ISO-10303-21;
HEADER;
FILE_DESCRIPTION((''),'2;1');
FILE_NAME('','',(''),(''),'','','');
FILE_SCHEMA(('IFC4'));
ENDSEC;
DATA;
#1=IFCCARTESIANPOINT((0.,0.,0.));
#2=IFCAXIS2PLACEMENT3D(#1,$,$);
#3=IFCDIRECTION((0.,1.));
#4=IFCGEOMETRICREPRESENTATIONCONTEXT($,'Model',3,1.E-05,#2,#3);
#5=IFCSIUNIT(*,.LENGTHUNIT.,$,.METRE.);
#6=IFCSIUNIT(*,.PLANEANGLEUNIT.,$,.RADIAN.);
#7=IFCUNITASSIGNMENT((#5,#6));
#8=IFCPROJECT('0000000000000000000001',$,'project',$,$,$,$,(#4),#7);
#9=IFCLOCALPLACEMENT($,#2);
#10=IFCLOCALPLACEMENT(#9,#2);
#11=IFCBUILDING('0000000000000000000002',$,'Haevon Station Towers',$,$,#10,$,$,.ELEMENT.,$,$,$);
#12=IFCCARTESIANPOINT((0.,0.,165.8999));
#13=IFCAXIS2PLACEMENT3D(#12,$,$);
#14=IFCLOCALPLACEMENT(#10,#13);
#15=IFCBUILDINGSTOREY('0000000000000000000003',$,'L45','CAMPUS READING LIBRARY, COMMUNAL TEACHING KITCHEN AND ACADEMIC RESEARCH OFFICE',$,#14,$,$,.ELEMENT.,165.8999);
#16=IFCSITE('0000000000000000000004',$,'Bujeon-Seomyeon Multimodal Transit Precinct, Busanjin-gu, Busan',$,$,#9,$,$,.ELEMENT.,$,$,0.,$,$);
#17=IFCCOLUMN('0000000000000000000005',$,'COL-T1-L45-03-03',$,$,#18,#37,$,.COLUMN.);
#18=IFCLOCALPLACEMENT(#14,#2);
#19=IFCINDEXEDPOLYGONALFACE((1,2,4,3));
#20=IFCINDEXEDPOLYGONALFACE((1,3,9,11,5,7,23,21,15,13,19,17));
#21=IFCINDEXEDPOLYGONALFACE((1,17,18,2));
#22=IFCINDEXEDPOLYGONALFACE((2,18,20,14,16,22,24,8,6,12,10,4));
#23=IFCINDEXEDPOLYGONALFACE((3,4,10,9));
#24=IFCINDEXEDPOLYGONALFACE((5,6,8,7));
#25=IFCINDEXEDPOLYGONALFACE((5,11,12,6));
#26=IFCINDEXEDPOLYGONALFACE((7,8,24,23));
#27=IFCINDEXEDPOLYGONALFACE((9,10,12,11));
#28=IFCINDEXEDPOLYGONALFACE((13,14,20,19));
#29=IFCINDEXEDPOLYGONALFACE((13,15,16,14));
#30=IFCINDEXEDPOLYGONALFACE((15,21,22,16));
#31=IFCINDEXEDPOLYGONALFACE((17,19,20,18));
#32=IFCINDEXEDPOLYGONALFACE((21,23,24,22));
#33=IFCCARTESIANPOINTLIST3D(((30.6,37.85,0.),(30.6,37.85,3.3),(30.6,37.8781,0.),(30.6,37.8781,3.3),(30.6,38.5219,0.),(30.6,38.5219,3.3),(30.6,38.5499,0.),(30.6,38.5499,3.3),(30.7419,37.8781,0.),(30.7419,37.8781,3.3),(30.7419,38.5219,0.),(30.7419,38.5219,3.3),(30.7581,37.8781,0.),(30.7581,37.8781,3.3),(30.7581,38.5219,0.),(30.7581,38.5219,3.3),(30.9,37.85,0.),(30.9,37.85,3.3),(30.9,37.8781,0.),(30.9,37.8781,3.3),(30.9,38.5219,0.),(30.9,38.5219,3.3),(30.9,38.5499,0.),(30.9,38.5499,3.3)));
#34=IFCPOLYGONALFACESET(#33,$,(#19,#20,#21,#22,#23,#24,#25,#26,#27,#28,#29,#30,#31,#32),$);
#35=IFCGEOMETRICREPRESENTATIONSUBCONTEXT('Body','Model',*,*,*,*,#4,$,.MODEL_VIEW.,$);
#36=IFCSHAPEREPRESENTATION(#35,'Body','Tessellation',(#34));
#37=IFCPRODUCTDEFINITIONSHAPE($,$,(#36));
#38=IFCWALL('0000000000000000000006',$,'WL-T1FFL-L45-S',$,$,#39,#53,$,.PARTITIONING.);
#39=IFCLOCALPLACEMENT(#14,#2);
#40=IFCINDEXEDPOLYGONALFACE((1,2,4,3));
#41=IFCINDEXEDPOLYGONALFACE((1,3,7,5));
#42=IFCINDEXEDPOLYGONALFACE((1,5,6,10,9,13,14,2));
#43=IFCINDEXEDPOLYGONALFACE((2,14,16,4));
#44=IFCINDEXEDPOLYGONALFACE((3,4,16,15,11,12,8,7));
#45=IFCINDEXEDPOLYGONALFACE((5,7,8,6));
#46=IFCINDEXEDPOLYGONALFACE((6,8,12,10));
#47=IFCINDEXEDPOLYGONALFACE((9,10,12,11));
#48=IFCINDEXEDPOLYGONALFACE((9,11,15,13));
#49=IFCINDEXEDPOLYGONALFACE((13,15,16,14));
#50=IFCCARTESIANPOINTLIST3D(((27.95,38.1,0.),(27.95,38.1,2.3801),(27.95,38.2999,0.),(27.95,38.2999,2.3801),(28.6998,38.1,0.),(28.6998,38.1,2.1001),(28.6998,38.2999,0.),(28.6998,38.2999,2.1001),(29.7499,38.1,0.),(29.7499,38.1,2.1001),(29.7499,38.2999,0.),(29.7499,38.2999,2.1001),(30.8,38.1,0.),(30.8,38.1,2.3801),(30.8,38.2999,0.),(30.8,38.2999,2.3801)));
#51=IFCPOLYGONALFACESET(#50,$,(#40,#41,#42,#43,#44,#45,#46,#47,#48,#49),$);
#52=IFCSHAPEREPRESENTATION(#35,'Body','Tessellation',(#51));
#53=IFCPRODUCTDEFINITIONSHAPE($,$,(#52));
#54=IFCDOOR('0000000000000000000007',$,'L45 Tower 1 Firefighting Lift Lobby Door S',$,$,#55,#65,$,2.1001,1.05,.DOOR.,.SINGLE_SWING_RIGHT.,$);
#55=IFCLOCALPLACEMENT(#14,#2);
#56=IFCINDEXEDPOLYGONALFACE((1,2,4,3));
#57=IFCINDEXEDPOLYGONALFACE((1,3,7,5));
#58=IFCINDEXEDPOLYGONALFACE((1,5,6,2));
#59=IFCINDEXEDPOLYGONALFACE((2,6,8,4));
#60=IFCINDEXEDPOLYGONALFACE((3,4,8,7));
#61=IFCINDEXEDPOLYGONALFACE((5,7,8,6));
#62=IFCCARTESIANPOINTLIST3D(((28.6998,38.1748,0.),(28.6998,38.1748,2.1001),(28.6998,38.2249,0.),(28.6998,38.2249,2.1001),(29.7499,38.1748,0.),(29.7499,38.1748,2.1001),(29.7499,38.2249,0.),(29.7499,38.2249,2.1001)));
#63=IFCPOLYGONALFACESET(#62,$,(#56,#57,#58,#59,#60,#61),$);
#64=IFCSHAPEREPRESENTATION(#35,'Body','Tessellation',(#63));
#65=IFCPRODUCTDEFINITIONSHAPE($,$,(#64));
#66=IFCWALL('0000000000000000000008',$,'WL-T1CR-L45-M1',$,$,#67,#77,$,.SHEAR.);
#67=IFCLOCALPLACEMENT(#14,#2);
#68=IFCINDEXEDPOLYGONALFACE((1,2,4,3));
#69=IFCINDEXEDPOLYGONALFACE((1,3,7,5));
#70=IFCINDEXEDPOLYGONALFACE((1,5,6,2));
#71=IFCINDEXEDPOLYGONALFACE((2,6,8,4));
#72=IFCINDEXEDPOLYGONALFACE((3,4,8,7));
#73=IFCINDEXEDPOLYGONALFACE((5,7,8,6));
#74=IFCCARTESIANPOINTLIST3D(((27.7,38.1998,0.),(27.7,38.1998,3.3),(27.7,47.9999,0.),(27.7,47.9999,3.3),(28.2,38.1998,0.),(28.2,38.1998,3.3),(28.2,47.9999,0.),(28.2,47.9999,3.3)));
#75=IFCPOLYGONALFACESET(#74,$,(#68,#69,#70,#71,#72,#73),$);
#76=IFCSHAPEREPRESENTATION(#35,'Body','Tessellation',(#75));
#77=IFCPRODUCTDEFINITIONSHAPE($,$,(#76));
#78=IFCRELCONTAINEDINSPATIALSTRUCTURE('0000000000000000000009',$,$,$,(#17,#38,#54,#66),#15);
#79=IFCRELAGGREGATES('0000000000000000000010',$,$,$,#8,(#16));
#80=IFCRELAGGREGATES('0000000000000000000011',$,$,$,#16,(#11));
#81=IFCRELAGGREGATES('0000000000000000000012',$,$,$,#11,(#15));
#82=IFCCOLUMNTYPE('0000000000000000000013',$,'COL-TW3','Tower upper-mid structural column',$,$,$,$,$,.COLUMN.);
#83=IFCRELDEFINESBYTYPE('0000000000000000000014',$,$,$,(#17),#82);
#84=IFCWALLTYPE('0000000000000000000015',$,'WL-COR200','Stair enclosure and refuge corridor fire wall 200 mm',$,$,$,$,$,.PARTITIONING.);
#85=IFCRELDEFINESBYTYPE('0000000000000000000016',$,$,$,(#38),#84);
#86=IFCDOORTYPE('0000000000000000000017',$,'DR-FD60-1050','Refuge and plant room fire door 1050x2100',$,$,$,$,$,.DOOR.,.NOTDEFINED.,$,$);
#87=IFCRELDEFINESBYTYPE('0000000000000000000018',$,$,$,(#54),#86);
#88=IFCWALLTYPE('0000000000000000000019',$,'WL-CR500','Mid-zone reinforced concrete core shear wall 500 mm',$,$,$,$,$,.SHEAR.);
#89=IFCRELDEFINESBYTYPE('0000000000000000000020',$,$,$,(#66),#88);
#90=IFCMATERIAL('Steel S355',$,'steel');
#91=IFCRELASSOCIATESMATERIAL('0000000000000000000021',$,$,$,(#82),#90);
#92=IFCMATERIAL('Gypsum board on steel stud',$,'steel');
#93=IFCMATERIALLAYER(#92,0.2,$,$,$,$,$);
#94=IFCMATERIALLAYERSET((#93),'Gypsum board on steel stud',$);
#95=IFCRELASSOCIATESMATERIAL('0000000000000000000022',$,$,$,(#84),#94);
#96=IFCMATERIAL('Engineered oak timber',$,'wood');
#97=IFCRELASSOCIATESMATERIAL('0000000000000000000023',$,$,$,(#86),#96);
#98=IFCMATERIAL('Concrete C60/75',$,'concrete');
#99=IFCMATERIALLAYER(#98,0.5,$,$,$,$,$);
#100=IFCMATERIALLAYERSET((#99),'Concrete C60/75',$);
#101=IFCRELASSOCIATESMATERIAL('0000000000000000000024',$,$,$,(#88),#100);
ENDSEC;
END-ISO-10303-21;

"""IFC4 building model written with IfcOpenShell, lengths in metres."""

from ifc_helpers import new_model, si_unit, direction, frame, frame_2d, origin, origin_2d, place, context, subcontext, project, spatial, rectangle, i_section, extrude, material, layer, layer_set, material_profile, profile_set, type_object, element, fill, save


model = new_model("IFC4")

# Units and contexts
model_context = context("Model", 3, precision=1e-05, world=origin(), true_north=direction((0.0, 1.0)))
body_context = subcontext(model_context, "Body", "Model", "MODEL_VIEW")
ifc_project = project(units=[si_unit("LENGTHUNIT", "METRE"), si_unit("PLANEANGLEUNIT", "RADIAN")], contexts=[model_context])

# Site, building, storey
site_placement = place(None, origin())
site = spatial("IfcSite", under=ifc_project, at=site_placement, Name="Bujeon-Seomyeon Multimodal Transit Precinct, Busanjin-gu, Busan", CompositionType="ELEMENT", RefElevation=0.0)
building_placement = place(site_placement, origin())
building = spatial("IfcBuilding", under=site, at=building_placement, Name="Haevon Station Towers", CompositionType="ELEMENT")
storey_placement = place(building_placement, frame((0.0, 0.0, 165.8999)))
storey = spatial("IfcBuildingStorey", under=building, at=storey_placement, Name="L45", Description="CAMPUS READING LIBRARY, COMMUNAL TEACHING KITCHEN AND ACADEMIC RESEARCH OFFICE", CompositionType="ELEMENT", Elevation=165.8999)

# Column
ifc_material_1 = material(Name="Steel S355", Category="steel")
ifc_material_profile = material_profile(ifc_material_1, i_section(OverallWidth=0.3, OverallDepth=0.7, WebThickness=0.0161, FlangeThickness=0.0281, at=origin_2d()), Name="H-700x300x16x28")
ifc_profile_set = profile_set([ifc_material_profile], Name="Steel S355")
column_type = type_object("IfcColumnType", Name="COL-TW3", Description="Tower upper-mid structural column", PredefinedType="COLUMN", material=ifc_profile_set)
column_placement = place(storey_placement, frame((30.75, 38.2, 0.0), z_axis=(0.0, 0.0, 1.0), x_axis=(1.0, 0.0, 0.0)))
element("IfcColumn", 1, at=column_placement, inside=storey, type_object=column_type, Name="COL-T1-L45-03-03", PredefinedType="COLUMN", context=body_context, shape_type="SweptSolid", body=[
    extrude(i_section(OverallWidth=0.3, OverallDepth=0.7, WebThickness=0.0161, FlangeThickness=0.0281, at=origin_2d()), origin(), (0.0, 0.0, 1.0), 3.3),
])

# Wall, opening, door
ifc_material_2 = material(Name="Gypsum board on steel stud", Category="steel")
ifc_layer_1 = layer(ifc_material_2, 0.2)
ifc_layer_set_1 = layer_set([ifc_layer_1], Name="Gypsum board on steel stud")
wall_type_1 = type_object("IfcWallType", Name="WL-COR200", Description="Stair enclosure and refuge corridor fire wall 200 mm", PredefinedType="PARTITIONING", material=ifc_layer_set_1)
wall_1_placement = place(storey_placement, frame((27.95, 38.2, 0.0), z_axis=(0.0, 0.0, 1.0), x_axis=(1.0, 0.0, 0.0)))
wall_1 = element("IfcWall", 2, at=wall_1_placement, inside=storey, type_object=wall_type_1, Name="WL-T1FFL-L45-S", PredefinedType="PARTITIONING", context=body_context, shape_type="SweptSolid", body=[
    extrude(rectangle(XDim=2.8501, YDim=0.2, at=frame_2d((1.425, 0.0))), origin(), (0.0, 0.0, 1.0), 2.3801),
])
opening_1_placement = place(wall_1_placement, frame((0.75, 0.0, 0.0)))
opening_1 = element("IfcOpeningElement", 3, at=opening_1_placement, cuts=wall_1, PredefinedType="OPENING", context=body_context, shape_type="SweptSolid", body=[
    extrude(rectangle(XDim=1.05, YDim=2.1001, at=frame_2d((0.5249, 1.05))), frame((0.0, 0.1099, 0.0), z_axis=(0.0, -1.0, 0.0), x_axis=(1.0, 0.0, 0.0)), (0.0, 0.0, 1.0), 0.22),
])
ifc_material_3 = material(Name="Engineered oak timber", Category="wood")
door_type_1 = type_object("IfcDoorType", Name="DR-FD60-1050", Description="Refuge and plant room fire door 1050x2100", OperationType="NOTDEFINED", PredefinedType="DOOR", material=ifc_material_3)
door_1_placement = place(opening_1_placement, origin())
door_1 = element("IfcDoor", 4, at=door_1_placement, inside=storey, type_object=door_type_1, Name="L45 Tower 1 Firefighting Lift Lobby Door S", OperationType="SINGLE_SWING_RIGHT", OverallHeight=2.1001, OverallWidth=1.05, PredefinedType="DOOR", context=body_context, shape_type="SweptSolid", body=[
    extrude(rectangle(XDim=1.05, YDim=2.1001, at=frame_2d((0.5249, 1.05))), frame((0.0, 0.0249, 0.0), z_axis=(0.0, -1.0, 0.0), x_axis=(1.0, 0.0, 0.0)), (0.0, 0.0, 1.0), 0.05),
])
fill(opening_1, door_1)

# Wall
ifc_material_4 = material(Name="Concrete C60/75", Category="concrete")
ifc_layer_2 = layer(ifc_material_4, 0.5)
ifc_layer_set_2 = layer_set([ifc_layer_2], Name="Concrete C60/75")
wall_type_2 = type_object("IfcWallType", Name="WL-CR500", Description="Mid-zone reinforced concrete core shear wall 500 mm", PredefinedType="SHEAR", material=ifc_layer_set_2)
wall_2_placement = place(storey_placement, frame((27.95, 38.2, 0.0), z_axis=(0.0, 0.0, 1.0), x_axis=(0.0, 1.0, 0.0)))
element("IfcWall", 5, at=wall_2_placement, inside=storey, type_object=wall_type_2, Name="WL-T1CR-L45-M1", PredefinedType="SHEAR", context=body_context, shape_type="SweptSolid", body=[
    extrude(rectangle(XDim=9.8, YDim=0.5, at=frame_2d((4.8999, 0.0))), origin(), (0.0, 0.0, 1.0), 3.3),
])

save(model, "model.ifc")
